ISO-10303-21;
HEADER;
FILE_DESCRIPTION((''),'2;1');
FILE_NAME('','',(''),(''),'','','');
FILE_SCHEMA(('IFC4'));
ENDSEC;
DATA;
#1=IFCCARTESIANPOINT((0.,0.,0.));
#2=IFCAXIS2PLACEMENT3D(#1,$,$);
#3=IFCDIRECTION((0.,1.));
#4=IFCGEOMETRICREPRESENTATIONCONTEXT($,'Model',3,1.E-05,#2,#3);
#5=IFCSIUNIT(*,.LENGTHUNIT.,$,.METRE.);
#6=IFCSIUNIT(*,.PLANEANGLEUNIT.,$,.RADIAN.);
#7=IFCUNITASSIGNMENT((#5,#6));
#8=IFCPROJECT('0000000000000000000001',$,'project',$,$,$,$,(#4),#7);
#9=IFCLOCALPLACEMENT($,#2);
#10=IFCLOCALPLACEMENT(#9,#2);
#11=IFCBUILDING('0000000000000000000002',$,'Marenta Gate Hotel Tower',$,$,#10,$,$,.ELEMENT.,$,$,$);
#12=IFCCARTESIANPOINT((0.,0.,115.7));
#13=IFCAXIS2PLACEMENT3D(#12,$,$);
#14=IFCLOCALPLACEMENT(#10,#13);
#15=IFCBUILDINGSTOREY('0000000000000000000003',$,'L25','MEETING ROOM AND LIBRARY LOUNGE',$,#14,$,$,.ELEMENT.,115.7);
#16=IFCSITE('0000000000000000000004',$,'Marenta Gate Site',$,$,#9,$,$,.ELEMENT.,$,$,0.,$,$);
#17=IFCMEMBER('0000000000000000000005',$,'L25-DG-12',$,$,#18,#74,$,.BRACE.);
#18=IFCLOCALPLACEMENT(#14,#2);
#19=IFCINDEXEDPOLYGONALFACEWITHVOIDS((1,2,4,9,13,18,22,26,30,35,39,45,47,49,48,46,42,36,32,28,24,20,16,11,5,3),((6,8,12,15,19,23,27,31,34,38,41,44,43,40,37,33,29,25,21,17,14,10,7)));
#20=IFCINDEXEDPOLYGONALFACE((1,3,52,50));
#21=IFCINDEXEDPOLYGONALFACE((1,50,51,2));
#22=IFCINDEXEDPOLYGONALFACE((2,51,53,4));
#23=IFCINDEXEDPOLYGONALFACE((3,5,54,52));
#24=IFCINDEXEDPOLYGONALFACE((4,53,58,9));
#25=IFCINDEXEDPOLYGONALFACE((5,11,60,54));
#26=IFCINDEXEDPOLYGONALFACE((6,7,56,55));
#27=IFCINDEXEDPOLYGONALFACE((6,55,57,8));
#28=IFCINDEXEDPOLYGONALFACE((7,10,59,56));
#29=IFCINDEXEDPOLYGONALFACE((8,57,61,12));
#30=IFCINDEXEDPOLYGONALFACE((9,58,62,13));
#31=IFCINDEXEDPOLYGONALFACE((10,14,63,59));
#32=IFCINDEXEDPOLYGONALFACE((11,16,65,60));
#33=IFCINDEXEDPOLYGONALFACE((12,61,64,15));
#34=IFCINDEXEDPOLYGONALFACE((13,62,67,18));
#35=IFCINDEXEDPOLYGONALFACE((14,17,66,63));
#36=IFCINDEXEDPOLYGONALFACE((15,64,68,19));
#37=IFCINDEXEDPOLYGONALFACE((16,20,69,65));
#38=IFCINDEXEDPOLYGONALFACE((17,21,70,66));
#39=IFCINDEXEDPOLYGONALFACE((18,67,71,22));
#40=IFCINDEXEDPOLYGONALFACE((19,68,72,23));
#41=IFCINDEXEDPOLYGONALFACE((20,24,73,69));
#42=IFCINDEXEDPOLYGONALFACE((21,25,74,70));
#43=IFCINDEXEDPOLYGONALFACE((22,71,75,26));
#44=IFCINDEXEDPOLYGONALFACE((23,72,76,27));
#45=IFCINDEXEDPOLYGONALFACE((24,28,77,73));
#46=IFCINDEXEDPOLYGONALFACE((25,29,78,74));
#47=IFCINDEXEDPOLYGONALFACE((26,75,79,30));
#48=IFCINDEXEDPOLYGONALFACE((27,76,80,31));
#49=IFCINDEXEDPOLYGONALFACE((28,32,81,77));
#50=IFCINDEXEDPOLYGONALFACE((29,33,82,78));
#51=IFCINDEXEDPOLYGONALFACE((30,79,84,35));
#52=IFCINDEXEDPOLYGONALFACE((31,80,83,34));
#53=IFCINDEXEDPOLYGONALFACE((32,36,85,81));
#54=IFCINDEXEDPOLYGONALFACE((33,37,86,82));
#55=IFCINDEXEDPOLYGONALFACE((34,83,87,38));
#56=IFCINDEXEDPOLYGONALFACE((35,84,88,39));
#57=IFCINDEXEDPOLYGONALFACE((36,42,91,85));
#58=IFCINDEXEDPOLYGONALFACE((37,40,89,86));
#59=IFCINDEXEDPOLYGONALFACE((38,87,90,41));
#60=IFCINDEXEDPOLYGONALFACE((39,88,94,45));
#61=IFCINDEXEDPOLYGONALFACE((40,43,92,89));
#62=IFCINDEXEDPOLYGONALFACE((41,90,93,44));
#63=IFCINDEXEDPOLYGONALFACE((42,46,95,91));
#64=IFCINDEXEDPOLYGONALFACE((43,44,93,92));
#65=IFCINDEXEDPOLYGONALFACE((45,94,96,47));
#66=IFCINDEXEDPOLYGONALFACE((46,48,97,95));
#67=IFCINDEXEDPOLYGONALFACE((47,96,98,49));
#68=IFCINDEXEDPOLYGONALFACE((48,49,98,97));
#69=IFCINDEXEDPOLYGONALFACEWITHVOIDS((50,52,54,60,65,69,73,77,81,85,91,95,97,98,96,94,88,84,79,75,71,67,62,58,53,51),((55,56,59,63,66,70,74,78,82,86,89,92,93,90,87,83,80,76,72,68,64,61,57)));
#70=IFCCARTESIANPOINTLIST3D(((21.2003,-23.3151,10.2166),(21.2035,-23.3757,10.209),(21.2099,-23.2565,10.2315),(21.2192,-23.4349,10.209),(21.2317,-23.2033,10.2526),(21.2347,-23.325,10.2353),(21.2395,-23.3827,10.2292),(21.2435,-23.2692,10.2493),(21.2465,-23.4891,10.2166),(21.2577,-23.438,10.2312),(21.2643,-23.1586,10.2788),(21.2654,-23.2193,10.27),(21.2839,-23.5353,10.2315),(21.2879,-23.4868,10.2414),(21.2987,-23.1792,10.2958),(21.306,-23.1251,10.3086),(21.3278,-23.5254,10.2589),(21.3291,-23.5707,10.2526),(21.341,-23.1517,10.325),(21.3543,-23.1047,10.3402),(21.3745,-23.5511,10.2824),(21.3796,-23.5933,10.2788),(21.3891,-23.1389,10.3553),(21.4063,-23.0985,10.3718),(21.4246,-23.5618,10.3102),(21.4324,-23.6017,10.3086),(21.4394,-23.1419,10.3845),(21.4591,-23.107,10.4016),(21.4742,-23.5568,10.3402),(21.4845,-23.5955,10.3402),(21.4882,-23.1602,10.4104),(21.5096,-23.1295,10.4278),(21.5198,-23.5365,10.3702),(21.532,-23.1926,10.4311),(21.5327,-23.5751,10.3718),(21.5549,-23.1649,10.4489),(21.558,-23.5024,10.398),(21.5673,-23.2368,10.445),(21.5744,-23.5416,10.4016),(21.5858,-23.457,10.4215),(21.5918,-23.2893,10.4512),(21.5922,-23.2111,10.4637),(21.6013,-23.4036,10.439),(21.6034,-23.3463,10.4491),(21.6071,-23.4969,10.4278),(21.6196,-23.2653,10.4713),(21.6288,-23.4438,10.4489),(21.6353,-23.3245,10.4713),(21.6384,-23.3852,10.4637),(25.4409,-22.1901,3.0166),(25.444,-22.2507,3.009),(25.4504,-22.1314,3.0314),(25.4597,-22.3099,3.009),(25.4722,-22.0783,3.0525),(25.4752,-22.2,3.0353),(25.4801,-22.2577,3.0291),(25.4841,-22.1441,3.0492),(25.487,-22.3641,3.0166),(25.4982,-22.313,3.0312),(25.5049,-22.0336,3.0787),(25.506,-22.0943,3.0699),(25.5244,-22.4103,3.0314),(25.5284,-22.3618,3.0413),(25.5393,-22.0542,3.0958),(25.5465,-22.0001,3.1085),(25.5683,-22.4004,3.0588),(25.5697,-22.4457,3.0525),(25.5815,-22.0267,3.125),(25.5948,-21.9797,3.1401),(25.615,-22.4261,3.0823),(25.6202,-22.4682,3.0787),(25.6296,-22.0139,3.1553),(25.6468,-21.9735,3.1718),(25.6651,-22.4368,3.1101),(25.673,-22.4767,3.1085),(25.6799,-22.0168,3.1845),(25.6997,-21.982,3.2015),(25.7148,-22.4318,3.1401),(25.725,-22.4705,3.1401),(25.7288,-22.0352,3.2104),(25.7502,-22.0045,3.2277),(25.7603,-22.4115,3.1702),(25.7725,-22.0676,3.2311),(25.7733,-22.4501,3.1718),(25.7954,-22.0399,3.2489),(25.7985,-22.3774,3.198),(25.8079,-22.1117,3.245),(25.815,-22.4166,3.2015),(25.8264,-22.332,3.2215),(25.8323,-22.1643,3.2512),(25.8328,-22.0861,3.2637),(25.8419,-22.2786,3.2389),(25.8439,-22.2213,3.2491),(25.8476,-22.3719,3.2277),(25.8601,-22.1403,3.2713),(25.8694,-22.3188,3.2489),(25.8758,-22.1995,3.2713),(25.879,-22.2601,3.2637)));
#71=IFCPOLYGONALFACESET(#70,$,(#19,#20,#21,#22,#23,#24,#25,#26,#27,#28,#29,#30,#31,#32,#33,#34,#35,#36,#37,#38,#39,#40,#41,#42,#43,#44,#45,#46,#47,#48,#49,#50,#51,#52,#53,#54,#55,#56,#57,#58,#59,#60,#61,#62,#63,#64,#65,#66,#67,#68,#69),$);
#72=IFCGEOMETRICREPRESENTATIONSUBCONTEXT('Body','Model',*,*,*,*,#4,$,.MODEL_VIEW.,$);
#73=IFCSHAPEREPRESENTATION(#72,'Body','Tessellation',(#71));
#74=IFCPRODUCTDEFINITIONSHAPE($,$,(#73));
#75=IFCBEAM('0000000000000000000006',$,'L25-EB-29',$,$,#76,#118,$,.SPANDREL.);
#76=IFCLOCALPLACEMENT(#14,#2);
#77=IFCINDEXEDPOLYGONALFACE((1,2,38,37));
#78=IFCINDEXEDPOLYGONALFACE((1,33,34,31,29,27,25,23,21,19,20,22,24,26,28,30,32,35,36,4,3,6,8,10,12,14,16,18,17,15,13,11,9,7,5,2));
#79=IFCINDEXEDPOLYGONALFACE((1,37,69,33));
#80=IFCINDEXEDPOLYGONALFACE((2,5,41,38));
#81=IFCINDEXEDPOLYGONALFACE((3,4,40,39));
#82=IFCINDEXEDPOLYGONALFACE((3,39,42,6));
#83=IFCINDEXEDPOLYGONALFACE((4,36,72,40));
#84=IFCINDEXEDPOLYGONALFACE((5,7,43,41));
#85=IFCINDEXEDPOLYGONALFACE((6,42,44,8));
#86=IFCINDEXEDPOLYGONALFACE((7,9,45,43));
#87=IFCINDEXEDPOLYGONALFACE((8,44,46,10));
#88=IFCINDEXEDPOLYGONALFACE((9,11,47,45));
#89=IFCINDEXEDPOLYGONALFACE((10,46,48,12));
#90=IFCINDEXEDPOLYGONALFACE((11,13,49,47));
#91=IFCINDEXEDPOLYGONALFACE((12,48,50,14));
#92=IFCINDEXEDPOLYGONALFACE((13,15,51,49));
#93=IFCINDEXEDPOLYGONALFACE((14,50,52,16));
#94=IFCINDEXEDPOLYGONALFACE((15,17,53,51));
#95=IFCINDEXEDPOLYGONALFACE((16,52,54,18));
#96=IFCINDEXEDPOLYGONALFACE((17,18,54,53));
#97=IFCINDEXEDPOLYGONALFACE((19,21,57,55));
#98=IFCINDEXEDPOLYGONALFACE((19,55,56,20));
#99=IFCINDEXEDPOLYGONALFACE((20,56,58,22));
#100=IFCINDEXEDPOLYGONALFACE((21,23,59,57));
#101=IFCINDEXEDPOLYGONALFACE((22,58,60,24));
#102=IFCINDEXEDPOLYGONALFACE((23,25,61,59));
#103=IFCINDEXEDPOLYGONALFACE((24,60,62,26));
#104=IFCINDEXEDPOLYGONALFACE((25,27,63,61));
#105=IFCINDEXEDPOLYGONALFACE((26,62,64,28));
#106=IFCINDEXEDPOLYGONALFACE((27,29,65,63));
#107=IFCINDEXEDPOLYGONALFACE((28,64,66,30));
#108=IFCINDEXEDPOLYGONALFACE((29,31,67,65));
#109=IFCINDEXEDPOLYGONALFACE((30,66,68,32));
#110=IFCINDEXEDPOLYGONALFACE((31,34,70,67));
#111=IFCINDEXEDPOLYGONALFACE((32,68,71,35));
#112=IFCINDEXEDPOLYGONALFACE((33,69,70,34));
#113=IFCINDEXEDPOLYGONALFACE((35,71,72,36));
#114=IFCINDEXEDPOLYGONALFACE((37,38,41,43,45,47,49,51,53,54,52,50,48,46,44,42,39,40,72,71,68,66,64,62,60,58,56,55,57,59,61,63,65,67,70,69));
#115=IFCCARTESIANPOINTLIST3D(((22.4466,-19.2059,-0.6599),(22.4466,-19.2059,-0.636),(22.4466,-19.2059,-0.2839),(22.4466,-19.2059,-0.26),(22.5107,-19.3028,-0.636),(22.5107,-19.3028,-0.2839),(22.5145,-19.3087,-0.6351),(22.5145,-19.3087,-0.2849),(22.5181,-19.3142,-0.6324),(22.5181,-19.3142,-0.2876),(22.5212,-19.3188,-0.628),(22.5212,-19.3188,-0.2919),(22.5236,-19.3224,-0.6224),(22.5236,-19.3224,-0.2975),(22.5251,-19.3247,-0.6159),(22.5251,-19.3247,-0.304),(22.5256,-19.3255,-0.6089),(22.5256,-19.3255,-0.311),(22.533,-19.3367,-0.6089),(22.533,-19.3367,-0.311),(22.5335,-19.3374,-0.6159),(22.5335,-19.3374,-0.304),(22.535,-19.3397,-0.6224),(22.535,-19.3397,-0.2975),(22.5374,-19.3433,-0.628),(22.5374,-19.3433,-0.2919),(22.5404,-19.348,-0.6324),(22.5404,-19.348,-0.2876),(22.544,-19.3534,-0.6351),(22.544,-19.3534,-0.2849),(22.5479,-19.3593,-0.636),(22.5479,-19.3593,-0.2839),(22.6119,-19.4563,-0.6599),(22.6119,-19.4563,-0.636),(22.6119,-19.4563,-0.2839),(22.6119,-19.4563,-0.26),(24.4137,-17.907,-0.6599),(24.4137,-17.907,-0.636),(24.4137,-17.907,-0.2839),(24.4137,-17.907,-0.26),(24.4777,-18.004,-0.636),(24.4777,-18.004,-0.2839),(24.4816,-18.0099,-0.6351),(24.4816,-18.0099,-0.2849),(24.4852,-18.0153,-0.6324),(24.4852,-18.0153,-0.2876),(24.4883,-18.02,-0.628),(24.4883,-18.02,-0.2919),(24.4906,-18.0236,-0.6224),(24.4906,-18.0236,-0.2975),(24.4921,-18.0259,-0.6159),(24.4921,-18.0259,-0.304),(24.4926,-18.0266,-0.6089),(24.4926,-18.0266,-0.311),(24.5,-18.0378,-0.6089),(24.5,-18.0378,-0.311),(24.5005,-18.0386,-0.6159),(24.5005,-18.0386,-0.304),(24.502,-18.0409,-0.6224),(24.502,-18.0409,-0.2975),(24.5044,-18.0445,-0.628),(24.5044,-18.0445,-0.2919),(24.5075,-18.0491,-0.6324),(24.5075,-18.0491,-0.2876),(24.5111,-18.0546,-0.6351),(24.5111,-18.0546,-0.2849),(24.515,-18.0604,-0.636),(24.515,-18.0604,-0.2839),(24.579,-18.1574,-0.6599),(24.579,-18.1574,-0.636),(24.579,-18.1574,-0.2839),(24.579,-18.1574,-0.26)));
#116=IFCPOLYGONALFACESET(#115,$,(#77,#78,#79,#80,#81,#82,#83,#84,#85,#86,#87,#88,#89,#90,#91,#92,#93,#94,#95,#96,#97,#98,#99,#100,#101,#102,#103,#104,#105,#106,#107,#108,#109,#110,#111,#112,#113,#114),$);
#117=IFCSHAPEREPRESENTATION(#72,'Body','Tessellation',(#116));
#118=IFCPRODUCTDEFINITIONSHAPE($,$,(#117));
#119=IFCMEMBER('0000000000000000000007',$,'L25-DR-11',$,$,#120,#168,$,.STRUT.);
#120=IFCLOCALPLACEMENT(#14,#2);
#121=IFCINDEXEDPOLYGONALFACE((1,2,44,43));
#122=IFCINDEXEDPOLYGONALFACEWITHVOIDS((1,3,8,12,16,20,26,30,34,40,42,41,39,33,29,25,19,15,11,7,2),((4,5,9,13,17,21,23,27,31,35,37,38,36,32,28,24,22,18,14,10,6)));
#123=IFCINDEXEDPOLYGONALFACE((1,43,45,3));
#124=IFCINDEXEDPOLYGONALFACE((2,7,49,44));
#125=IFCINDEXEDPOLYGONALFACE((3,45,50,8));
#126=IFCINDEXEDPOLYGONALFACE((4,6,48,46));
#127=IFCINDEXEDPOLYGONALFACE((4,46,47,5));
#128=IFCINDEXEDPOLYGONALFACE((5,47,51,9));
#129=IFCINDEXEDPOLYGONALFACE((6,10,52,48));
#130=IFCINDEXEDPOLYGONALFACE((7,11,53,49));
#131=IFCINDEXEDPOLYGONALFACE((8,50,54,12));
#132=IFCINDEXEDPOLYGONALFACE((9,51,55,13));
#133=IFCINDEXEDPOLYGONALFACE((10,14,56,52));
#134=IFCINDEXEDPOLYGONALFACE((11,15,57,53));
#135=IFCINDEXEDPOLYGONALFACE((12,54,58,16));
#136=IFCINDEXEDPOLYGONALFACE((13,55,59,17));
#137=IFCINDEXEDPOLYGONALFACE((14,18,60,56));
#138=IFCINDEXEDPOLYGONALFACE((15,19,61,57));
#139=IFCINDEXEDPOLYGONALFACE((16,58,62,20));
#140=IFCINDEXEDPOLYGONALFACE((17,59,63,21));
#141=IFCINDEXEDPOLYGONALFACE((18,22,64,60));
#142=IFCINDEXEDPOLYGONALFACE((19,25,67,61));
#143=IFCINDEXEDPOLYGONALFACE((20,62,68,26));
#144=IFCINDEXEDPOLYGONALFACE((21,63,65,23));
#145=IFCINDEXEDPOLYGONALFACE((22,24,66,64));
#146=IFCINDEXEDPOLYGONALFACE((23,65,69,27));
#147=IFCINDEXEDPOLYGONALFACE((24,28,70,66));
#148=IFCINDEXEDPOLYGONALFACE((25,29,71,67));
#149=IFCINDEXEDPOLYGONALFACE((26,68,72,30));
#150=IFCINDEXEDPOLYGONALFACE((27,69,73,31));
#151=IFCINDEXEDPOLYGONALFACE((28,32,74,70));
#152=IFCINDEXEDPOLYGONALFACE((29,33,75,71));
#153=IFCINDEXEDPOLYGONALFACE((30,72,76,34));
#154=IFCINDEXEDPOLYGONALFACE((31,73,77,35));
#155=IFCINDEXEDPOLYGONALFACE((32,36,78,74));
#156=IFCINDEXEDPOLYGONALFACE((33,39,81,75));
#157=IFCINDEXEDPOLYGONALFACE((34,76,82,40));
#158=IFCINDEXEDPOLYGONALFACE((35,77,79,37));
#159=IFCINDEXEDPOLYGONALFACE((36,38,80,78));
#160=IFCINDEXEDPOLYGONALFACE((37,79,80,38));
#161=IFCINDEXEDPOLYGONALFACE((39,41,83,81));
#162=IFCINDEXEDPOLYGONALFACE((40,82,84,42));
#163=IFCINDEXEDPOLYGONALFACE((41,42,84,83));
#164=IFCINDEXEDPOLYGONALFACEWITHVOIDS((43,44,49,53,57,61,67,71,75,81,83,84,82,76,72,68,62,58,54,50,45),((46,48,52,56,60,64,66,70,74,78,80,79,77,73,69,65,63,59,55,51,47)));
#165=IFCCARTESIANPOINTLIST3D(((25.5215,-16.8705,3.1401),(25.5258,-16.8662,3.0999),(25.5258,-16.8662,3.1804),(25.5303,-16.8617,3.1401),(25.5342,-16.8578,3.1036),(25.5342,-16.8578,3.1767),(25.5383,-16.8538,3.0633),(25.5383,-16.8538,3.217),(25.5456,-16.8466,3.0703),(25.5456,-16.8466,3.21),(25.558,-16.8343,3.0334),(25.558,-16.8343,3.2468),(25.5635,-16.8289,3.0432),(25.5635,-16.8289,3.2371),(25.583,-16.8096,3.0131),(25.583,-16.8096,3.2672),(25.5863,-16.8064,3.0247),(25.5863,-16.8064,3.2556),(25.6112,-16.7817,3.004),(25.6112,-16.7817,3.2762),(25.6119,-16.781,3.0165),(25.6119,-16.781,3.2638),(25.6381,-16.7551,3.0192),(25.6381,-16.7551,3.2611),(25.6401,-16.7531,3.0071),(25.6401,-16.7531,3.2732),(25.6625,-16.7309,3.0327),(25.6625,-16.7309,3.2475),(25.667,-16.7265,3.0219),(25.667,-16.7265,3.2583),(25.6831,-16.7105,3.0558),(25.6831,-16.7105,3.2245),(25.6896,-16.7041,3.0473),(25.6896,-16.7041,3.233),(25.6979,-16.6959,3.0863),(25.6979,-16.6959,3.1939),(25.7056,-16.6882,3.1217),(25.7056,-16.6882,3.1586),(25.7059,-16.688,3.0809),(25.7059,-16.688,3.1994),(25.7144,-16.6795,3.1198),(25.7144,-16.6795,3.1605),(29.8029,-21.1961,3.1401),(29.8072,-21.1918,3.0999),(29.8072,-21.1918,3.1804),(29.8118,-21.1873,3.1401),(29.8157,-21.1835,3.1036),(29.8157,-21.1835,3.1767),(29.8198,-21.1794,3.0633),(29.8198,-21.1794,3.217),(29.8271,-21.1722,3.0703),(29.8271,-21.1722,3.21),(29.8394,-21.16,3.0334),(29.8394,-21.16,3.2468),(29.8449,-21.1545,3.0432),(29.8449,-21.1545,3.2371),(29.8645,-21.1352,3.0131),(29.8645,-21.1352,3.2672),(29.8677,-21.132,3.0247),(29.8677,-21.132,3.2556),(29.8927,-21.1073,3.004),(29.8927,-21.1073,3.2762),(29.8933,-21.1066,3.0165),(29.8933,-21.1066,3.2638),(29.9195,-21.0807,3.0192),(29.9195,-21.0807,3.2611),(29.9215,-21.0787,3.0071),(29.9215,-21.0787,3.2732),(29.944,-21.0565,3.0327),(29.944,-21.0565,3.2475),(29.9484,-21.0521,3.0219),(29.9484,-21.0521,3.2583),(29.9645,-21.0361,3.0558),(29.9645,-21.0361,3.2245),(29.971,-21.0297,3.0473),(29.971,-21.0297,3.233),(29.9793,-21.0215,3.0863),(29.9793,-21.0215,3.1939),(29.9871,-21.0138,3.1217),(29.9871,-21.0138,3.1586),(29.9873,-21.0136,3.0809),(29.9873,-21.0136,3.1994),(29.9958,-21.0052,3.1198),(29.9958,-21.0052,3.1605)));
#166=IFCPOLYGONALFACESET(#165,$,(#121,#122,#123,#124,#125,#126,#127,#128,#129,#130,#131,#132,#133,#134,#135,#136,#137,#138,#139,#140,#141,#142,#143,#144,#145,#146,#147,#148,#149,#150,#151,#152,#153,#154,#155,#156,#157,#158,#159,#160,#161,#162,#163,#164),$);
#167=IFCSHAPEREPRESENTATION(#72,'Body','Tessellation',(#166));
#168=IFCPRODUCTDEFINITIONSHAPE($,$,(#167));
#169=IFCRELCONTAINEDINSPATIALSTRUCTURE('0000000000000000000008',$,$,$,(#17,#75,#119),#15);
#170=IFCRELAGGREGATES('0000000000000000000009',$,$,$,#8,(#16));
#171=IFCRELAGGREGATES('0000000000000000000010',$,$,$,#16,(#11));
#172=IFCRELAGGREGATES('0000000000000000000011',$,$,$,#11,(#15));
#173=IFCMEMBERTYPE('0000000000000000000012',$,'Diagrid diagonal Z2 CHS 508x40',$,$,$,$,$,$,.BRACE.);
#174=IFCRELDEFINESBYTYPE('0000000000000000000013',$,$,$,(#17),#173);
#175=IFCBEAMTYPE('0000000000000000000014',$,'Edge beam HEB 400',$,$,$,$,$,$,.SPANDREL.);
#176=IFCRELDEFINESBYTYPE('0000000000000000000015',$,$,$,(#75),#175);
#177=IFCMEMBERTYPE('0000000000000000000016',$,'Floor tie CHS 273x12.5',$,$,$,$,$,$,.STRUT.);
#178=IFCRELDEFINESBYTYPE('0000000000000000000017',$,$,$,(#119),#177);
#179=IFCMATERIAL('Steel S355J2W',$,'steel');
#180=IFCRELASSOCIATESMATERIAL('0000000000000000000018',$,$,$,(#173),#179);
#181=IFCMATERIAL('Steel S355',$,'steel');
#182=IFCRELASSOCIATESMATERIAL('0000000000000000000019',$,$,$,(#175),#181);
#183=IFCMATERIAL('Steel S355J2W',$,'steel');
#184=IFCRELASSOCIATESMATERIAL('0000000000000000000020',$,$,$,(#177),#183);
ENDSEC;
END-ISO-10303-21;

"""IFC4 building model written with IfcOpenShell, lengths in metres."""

from ifc_helpers import new_model, si_unit, direction, frame, origin, origin_2d, place, context, subcontext, project, spatial, hollow_circle, i_section, extrude, material, material_profile, profile_set, type_object, element, save


model = new_model("IFC4")

# Units and contexts
model_context = context("Model", 3, precision=1e-05, world=origin(), true_north=direction((0.0, 1.0)))
body_context = subcontext(model_context, "Body", "Model", "MODEL_VIEW")
ifc_project = project(units=[si_unit("LENGTHUNIT", "METRE"), si_unit("PLANEANGLEUNIT", "RADIAN")], contexts=[model_context])

# Site, building, storey
site_placement = place(None, origin())
site = spatial("IfcSite", under=ifc_project, at=site_placement, Name="Marenta Gate Site", CompositionType="ELEMENT", RefElevation=0.0)
building_placement = place(site_placement, origin())
building = spatial("IfcBuilding", under=site, at=building_placement, Name="Marenta Gate Hotel Tower", CompositionType="ELEMENT")
storey_placement = place(building_placement, frame((0.0, 0.0, 115.7)))
storey = spatial("IfcBuildingStorey", under=building, at=storey_placement, Name="L25", Description="MEETING ROOM AND LIBRARY LOUNGE", CompositionType="ELEMENT", Elevation=115.7)

# Member
ifc_material_1 = material(Name="Steel S355J2W", Category="steel")
ifc_material_profile_1 = material_profile(ifc_material_1, hollow_circle(Radius=0.2539, WallThickness=0.04, at=origin_2d()), Name="CHS 508x40")
ifc_profile_set_1 = profile_set([ifc_material_profile_1], Name="Steel S355J2W")
member_type_1 = type_object("IfcMemberType", Name="Diagrid diagonal Z2 CHS 508x40", PredefinedType="BRACE", material=ifc_profile_set_1)
member_1_placement = place(storey_placement, frame((25.6599, -22.2251, 3.1401), z_axis=(-0.502946, -0.133432, 0.853956), x_axis=(0.256429, -0.966563, 0.0)))
element("IfcMember", 1, at=member_1_placement, inside=storey, type_object=member_type_1, Name="L25-DG-12", PredefinedType="BRACE", context=body_context, shape_type="SweptSolid", body=[
    extrude(hollow_circle(Radius=0.2539, WallThickness=0.04, at=origin_2d()), origin(), (0.0, 0.0, 1.0), 8.4314),
])

# Beam
ifc_material_2 = material(Name="Steel S355", Category="steel")
ifc_material_profile_2 = material_profile(ifc_material_2, i_section(OverallWidth=0.3, OverallDepth=0.3999, WebThickness=0.0134, FlangeThickness=0.0239, FilletRadius=0.0271, at=origin_2d()), Name="HEB 400")
ifc_profile_set_2 = profile_set([ifc_material_profile_2], Name="Steel S355")
beam_type = type_object("IfcBeamType", Name="Edge beam HEB 400", PredefinedType="SPANDREL", material=ifc_profile_set_2)
beam_placement = place(storey_placement, frame((24.4963, -18.0322, -0.46), z_axis=(-0.834496, -0.551014, 0.0), x_axis=(0.551014, -0.834496, 0.0)))
element("IfcBeam", 2, at=beam_placement, inside=storey, type_object=beam_type, Name="L25-EB-29", PredefinedType="SPANDREL", context=body_context, shape_type="SweptSolid", body=[
    extrude(i_section(OverallWidth=0.3, OverallDepth=0.3999, WebThickness=0.0134, FlangeThickness=0.0239, FilletRadius=0.0271, at=origin_2d()), origin(), (0.0, 0.0, 1.0), 2.3572),
])

# Member
ifc_material_3 = material(Name="Steel S355J2W", Category="steel")
ifc_material_profile_3 = material_profile(ifc_material_3, hollow_circle(Radius=0.1365, WallThickness=0.0125, at=origin_2d()), Name="CHS 273x12.5")
ifc_profile_set_3 = profile_set([ifc_material_profile_3], Name="Steel S355J2W")
member_type_2 = type_object("IfcMemberType", Name="Floor tie CHS 273x12.5", PredefinedType="STRUT", material=ifc_profile_set_3)
member_2_placement = place(storey_placement, frame((29.8999, -21.1001, 3.1401), z_axis=(-0.703467, 0.710728, 0.0), x_axis=(-0.710728, -0.703467, 0.0)))
element("IfcMember", 3, at=member_2_placement, inside=storey, type_object=member_type_2, Name="L25-DR-11", PredefinedType="STRUT", context=body_context, shape_type="SweptSolid", body=[
    extrude(hollow_circle(Radius=0.1365, WallThickness=0.0125, at=origin_2d()), origin(), (0.0, 0.0, 1.0), 6.0862),
])

save(model, "model.ifc")
